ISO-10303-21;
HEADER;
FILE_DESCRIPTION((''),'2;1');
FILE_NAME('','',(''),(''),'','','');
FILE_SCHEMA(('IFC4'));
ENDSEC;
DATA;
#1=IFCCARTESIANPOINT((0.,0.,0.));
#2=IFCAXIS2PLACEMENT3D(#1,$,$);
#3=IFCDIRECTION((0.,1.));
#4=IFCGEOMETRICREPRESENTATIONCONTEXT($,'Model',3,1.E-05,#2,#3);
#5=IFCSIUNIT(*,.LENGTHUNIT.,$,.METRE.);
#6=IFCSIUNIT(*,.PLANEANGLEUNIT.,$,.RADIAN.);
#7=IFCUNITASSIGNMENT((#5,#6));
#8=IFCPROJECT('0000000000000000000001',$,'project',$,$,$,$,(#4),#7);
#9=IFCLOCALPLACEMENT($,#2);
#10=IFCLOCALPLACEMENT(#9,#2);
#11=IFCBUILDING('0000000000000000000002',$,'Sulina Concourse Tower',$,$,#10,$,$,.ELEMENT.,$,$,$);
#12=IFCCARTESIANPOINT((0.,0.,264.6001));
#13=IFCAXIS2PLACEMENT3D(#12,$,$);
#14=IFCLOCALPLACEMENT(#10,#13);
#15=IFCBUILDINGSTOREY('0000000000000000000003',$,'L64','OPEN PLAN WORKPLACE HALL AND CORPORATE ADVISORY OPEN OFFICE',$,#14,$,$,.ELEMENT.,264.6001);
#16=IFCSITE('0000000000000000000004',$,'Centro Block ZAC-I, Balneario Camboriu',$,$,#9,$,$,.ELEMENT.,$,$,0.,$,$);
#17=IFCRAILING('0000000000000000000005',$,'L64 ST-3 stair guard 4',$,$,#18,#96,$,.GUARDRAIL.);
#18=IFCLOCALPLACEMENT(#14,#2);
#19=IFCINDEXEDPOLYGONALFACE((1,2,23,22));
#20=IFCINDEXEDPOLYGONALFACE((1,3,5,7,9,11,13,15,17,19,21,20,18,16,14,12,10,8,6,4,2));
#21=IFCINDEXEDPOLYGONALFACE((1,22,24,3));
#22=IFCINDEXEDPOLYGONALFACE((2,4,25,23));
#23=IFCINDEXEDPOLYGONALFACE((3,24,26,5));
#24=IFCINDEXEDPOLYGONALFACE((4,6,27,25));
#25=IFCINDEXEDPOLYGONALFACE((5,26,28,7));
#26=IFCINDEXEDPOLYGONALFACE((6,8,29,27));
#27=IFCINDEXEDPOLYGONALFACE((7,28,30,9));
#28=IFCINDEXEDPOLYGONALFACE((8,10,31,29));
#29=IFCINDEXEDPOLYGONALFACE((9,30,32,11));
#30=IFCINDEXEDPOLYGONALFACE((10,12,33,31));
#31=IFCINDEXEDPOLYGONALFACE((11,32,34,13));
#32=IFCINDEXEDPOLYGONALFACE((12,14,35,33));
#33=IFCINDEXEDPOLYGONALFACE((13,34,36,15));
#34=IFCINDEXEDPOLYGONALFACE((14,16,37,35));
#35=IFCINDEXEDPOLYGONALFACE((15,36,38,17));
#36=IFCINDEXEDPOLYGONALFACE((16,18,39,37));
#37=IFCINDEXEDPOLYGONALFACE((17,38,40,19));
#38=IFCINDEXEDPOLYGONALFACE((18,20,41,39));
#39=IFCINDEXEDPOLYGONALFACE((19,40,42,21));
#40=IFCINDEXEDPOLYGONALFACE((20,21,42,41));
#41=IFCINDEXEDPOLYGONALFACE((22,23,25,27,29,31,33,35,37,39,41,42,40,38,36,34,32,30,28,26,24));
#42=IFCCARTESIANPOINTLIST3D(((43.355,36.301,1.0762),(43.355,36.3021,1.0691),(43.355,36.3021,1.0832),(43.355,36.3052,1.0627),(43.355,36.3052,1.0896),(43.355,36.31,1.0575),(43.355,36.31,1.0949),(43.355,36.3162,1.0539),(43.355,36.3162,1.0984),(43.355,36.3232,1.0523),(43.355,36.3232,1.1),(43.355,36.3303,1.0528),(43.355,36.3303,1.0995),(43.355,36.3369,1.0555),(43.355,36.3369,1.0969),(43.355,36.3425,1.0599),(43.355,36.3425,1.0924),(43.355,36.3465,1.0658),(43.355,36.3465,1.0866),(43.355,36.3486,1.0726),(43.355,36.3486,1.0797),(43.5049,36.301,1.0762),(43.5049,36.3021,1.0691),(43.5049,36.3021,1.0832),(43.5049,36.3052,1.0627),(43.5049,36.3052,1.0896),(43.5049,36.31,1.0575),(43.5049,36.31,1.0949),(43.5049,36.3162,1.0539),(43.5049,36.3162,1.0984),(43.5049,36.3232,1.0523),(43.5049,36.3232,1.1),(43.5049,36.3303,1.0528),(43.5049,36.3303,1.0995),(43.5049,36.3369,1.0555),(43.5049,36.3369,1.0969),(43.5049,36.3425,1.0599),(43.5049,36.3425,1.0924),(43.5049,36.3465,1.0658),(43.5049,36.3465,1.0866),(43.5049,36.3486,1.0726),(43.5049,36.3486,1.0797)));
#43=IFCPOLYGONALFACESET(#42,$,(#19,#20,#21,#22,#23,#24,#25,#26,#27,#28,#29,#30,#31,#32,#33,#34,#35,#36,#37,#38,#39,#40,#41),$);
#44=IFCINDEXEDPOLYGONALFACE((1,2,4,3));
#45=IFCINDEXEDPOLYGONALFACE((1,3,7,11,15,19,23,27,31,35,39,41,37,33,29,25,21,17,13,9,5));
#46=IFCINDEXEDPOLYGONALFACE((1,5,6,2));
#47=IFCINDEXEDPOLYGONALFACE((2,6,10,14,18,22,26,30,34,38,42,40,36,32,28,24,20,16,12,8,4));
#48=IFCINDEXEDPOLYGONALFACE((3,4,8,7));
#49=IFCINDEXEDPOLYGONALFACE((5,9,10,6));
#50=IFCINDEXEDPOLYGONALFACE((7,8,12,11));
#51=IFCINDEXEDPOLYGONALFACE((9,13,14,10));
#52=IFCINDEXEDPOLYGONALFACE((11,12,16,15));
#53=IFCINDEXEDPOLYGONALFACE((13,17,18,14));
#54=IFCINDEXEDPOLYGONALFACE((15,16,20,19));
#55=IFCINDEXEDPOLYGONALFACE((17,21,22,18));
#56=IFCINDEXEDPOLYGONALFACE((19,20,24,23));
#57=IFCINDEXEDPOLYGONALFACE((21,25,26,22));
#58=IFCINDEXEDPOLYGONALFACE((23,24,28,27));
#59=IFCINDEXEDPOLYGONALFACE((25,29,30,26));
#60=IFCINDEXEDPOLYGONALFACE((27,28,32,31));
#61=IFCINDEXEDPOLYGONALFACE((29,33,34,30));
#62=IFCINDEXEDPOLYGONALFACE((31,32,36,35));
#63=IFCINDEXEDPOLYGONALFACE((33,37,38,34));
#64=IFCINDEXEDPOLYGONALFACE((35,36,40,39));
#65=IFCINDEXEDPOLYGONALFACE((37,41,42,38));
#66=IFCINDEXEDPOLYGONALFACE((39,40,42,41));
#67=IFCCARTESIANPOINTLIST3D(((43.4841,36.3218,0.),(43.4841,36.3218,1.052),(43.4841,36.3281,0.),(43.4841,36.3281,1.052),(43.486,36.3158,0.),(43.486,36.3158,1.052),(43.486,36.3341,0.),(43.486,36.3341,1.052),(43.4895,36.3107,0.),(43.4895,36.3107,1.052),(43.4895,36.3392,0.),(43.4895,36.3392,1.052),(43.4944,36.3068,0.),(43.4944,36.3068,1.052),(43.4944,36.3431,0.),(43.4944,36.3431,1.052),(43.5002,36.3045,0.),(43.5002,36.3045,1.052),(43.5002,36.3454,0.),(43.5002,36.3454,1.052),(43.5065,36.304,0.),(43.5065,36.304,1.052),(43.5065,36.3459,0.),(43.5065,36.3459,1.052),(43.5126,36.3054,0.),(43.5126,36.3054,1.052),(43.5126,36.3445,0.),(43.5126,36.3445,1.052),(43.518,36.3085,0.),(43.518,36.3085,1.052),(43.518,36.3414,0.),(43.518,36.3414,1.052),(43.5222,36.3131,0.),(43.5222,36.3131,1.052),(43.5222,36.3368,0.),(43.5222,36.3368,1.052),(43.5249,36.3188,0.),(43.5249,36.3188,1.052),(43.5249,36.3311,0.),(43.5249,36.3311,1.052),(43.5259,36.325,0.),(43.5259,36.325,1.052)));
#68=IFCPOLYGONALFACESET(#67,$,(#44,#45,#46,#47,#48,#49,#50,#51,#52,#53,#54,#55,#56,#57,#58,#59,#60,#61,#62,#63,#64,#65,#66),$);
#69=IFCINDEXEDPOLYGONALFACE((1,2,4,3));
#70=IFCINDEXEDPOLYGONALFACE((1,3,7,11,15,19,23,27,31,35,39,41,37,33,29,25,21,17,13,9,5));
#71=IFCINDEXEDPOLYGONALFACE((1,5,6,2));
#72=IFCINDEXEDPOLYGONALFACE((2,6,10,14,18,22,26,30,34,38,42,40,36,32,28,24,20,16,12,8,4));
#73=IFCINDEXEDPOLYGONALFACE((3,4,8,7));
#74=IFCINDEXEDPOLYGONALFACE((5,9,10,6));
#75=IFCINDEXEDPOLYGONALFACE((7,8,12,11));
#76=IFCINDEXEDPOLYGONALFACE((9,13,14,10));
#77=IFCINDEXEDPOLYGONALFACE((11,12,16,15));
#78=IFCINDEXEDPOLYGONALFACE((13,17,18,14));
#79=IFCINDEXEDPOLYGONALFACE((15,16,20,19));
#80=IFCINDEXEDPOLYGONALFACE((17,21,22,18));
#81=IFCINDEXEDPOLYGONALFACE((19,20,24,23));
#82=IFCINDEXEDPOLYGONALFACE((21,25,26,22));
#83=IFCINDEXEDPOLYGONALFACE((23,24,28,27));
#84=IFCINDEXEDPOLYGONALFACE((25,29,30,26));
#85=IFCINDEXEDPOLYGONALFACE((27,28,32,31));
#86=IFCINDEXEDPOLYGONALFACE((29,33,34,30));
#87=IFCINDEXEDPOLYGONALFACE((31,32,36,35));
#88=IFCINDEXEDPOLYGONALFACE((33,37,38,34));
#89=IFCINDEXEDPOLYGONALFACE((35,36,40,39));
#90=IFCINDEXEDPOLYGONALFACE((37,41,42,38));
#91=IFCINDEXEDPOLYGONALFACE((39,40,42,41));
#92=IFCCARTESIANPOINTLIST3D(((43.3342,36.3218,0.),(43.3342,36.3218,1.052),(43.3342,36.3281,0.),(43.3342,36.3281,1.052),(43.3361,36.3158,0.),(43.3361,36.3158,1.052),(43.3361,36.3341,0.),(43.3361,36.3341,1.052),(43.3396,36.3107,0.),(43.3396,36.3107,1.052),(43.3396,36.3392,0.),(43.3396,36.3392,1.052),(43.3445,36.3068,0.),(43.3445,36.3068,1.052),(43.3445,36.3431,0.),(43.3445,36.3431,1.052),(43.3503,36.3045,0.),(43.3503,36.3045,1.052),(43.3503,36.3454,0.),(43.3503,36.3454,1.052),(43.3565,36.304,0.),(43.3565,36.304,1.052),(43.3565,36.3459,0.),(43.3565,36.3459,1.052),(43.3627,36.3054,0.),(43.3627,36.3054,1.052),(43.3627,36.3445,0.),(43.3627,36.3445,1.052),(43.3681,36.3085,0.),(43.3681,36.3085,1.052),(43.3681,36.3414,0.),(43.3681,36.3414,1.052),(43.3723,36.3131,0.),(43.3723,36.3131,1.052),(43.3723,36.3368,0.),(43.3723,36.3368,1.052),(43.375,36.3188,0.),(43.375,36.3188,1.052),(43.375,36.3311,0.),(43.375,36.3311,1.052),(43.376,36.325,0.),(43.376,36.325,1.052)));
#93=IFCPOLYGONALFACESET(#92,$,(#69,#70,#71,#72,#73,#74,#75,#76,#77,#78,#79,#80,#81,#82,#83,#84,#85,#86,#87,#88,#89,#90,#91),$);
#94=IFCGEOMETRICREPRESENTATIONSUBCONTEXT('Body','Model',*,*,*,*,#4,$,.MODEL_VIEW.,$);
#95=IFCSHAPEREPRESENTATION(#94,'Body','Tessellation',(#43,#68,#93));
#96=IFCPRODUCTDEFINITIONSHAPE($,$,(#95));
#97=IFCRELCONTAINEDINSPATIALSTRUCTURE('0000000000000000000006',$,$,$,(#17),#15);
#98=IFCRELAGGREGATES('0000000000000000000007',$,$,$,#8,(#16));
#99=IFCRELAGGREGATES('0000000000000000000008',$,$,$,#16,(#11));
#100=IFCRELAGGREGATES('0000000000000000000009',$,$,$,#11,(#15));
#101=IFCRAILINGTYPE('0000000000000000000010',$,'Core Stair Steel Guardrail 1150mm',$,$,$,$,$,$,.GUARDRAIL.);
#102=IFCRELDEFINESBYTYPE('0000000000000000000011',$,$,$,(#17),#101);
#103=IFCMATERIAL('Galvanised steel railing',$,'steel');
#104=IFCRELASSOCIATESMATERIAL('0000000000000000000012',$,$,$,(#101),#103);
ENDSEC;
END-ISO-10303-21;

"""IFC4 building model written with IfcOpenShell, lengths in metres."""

from ifc_helpers import new_model, si_unit, direction, frame, origin, origin_2d, place, context, subcontext, project, spatial, circle, extrude, material, type_object, element, save


model = new_model("IFC4")

# Units and contexts
model_context = context("Model", 3, precision=1e-05, world=origin(), true_north=direction((0.0, 1.0)))
body_context = subcontext(model_context, "Body", "Model", "MODEL_VIEW")
ifc_project = project(units=[si_unit("LENGTHUNIT", "METRE"), si_unit("PLANEANGLEUNIT", "RADIAN")], contexts=[model_context])

# Site, building, storey
site_placement = place(None, origin())
site = spatial("IfcSite", under=ifc_project, at=site_placement, Name="Centro Block ZAC-I, Balneario Camboriu", CompositionType="ELEMENT", RefElevation=0.0)
building_placement = place(site_placement, origin())
building = spatial("IfcBuilding", under=site, at=building_placement, Name="Sulina Concourse Tower", CompositionType="ELEMENT")
storey_placement = place(building_placement, frame((0.0, 0.0, 264.6001)))
storey = spatial("IfcBuildingStorey", under=building, at=storey_placement, Name="L64", Description="OPEN PLAN WORKPLACE HALL AND CORPORATE ADVISORY OPEN OFFICE", CompositionType="ELEMENT", Elevation=264.6001)

# Railing
ifc_material_1 = material(Name="Galvanised steel railing", Category="steel")
railing_type_1 = type_object("IfcRailingType", Name="Core Stair Steel Guardrail 1150mm", PredefinedType="GUARDRAIL", material=ifc_material_1)
railing_1_placement = place(storey_placement, frame((43.5049, 36.325, 0.0)))
element("IfcRailing", 1, at=railing_1_placement, inside=storey, type_object=railing_type_1, Name="L64 ST-3 stair guard 4", PredefinedType="GUARDRAIL", context=body_context, shape_type="SweptSolid", body=[
    extrude(circle(Radius=0.0239, at=origin_2d()), frame((0.0, 0.0, 1.0762), z_axis=(-1.0, 0.0, 0.0), x_axis=(0.0, -1.0, 0.0)), (0.0, 0.0, 1.0), 0.1499),
    extrude(circle(Radius=0.021, at=origin_2d()), origin(), (0.0, 0.0, 1.0), 1.052),
    extrude(circle(Radius=0.021, at=origin_2d()), frame((-0.1499, 0.0, 0.0)), (0.0, 0.0, 1.0), 1.052),
])

save(model, "model.ifc")
